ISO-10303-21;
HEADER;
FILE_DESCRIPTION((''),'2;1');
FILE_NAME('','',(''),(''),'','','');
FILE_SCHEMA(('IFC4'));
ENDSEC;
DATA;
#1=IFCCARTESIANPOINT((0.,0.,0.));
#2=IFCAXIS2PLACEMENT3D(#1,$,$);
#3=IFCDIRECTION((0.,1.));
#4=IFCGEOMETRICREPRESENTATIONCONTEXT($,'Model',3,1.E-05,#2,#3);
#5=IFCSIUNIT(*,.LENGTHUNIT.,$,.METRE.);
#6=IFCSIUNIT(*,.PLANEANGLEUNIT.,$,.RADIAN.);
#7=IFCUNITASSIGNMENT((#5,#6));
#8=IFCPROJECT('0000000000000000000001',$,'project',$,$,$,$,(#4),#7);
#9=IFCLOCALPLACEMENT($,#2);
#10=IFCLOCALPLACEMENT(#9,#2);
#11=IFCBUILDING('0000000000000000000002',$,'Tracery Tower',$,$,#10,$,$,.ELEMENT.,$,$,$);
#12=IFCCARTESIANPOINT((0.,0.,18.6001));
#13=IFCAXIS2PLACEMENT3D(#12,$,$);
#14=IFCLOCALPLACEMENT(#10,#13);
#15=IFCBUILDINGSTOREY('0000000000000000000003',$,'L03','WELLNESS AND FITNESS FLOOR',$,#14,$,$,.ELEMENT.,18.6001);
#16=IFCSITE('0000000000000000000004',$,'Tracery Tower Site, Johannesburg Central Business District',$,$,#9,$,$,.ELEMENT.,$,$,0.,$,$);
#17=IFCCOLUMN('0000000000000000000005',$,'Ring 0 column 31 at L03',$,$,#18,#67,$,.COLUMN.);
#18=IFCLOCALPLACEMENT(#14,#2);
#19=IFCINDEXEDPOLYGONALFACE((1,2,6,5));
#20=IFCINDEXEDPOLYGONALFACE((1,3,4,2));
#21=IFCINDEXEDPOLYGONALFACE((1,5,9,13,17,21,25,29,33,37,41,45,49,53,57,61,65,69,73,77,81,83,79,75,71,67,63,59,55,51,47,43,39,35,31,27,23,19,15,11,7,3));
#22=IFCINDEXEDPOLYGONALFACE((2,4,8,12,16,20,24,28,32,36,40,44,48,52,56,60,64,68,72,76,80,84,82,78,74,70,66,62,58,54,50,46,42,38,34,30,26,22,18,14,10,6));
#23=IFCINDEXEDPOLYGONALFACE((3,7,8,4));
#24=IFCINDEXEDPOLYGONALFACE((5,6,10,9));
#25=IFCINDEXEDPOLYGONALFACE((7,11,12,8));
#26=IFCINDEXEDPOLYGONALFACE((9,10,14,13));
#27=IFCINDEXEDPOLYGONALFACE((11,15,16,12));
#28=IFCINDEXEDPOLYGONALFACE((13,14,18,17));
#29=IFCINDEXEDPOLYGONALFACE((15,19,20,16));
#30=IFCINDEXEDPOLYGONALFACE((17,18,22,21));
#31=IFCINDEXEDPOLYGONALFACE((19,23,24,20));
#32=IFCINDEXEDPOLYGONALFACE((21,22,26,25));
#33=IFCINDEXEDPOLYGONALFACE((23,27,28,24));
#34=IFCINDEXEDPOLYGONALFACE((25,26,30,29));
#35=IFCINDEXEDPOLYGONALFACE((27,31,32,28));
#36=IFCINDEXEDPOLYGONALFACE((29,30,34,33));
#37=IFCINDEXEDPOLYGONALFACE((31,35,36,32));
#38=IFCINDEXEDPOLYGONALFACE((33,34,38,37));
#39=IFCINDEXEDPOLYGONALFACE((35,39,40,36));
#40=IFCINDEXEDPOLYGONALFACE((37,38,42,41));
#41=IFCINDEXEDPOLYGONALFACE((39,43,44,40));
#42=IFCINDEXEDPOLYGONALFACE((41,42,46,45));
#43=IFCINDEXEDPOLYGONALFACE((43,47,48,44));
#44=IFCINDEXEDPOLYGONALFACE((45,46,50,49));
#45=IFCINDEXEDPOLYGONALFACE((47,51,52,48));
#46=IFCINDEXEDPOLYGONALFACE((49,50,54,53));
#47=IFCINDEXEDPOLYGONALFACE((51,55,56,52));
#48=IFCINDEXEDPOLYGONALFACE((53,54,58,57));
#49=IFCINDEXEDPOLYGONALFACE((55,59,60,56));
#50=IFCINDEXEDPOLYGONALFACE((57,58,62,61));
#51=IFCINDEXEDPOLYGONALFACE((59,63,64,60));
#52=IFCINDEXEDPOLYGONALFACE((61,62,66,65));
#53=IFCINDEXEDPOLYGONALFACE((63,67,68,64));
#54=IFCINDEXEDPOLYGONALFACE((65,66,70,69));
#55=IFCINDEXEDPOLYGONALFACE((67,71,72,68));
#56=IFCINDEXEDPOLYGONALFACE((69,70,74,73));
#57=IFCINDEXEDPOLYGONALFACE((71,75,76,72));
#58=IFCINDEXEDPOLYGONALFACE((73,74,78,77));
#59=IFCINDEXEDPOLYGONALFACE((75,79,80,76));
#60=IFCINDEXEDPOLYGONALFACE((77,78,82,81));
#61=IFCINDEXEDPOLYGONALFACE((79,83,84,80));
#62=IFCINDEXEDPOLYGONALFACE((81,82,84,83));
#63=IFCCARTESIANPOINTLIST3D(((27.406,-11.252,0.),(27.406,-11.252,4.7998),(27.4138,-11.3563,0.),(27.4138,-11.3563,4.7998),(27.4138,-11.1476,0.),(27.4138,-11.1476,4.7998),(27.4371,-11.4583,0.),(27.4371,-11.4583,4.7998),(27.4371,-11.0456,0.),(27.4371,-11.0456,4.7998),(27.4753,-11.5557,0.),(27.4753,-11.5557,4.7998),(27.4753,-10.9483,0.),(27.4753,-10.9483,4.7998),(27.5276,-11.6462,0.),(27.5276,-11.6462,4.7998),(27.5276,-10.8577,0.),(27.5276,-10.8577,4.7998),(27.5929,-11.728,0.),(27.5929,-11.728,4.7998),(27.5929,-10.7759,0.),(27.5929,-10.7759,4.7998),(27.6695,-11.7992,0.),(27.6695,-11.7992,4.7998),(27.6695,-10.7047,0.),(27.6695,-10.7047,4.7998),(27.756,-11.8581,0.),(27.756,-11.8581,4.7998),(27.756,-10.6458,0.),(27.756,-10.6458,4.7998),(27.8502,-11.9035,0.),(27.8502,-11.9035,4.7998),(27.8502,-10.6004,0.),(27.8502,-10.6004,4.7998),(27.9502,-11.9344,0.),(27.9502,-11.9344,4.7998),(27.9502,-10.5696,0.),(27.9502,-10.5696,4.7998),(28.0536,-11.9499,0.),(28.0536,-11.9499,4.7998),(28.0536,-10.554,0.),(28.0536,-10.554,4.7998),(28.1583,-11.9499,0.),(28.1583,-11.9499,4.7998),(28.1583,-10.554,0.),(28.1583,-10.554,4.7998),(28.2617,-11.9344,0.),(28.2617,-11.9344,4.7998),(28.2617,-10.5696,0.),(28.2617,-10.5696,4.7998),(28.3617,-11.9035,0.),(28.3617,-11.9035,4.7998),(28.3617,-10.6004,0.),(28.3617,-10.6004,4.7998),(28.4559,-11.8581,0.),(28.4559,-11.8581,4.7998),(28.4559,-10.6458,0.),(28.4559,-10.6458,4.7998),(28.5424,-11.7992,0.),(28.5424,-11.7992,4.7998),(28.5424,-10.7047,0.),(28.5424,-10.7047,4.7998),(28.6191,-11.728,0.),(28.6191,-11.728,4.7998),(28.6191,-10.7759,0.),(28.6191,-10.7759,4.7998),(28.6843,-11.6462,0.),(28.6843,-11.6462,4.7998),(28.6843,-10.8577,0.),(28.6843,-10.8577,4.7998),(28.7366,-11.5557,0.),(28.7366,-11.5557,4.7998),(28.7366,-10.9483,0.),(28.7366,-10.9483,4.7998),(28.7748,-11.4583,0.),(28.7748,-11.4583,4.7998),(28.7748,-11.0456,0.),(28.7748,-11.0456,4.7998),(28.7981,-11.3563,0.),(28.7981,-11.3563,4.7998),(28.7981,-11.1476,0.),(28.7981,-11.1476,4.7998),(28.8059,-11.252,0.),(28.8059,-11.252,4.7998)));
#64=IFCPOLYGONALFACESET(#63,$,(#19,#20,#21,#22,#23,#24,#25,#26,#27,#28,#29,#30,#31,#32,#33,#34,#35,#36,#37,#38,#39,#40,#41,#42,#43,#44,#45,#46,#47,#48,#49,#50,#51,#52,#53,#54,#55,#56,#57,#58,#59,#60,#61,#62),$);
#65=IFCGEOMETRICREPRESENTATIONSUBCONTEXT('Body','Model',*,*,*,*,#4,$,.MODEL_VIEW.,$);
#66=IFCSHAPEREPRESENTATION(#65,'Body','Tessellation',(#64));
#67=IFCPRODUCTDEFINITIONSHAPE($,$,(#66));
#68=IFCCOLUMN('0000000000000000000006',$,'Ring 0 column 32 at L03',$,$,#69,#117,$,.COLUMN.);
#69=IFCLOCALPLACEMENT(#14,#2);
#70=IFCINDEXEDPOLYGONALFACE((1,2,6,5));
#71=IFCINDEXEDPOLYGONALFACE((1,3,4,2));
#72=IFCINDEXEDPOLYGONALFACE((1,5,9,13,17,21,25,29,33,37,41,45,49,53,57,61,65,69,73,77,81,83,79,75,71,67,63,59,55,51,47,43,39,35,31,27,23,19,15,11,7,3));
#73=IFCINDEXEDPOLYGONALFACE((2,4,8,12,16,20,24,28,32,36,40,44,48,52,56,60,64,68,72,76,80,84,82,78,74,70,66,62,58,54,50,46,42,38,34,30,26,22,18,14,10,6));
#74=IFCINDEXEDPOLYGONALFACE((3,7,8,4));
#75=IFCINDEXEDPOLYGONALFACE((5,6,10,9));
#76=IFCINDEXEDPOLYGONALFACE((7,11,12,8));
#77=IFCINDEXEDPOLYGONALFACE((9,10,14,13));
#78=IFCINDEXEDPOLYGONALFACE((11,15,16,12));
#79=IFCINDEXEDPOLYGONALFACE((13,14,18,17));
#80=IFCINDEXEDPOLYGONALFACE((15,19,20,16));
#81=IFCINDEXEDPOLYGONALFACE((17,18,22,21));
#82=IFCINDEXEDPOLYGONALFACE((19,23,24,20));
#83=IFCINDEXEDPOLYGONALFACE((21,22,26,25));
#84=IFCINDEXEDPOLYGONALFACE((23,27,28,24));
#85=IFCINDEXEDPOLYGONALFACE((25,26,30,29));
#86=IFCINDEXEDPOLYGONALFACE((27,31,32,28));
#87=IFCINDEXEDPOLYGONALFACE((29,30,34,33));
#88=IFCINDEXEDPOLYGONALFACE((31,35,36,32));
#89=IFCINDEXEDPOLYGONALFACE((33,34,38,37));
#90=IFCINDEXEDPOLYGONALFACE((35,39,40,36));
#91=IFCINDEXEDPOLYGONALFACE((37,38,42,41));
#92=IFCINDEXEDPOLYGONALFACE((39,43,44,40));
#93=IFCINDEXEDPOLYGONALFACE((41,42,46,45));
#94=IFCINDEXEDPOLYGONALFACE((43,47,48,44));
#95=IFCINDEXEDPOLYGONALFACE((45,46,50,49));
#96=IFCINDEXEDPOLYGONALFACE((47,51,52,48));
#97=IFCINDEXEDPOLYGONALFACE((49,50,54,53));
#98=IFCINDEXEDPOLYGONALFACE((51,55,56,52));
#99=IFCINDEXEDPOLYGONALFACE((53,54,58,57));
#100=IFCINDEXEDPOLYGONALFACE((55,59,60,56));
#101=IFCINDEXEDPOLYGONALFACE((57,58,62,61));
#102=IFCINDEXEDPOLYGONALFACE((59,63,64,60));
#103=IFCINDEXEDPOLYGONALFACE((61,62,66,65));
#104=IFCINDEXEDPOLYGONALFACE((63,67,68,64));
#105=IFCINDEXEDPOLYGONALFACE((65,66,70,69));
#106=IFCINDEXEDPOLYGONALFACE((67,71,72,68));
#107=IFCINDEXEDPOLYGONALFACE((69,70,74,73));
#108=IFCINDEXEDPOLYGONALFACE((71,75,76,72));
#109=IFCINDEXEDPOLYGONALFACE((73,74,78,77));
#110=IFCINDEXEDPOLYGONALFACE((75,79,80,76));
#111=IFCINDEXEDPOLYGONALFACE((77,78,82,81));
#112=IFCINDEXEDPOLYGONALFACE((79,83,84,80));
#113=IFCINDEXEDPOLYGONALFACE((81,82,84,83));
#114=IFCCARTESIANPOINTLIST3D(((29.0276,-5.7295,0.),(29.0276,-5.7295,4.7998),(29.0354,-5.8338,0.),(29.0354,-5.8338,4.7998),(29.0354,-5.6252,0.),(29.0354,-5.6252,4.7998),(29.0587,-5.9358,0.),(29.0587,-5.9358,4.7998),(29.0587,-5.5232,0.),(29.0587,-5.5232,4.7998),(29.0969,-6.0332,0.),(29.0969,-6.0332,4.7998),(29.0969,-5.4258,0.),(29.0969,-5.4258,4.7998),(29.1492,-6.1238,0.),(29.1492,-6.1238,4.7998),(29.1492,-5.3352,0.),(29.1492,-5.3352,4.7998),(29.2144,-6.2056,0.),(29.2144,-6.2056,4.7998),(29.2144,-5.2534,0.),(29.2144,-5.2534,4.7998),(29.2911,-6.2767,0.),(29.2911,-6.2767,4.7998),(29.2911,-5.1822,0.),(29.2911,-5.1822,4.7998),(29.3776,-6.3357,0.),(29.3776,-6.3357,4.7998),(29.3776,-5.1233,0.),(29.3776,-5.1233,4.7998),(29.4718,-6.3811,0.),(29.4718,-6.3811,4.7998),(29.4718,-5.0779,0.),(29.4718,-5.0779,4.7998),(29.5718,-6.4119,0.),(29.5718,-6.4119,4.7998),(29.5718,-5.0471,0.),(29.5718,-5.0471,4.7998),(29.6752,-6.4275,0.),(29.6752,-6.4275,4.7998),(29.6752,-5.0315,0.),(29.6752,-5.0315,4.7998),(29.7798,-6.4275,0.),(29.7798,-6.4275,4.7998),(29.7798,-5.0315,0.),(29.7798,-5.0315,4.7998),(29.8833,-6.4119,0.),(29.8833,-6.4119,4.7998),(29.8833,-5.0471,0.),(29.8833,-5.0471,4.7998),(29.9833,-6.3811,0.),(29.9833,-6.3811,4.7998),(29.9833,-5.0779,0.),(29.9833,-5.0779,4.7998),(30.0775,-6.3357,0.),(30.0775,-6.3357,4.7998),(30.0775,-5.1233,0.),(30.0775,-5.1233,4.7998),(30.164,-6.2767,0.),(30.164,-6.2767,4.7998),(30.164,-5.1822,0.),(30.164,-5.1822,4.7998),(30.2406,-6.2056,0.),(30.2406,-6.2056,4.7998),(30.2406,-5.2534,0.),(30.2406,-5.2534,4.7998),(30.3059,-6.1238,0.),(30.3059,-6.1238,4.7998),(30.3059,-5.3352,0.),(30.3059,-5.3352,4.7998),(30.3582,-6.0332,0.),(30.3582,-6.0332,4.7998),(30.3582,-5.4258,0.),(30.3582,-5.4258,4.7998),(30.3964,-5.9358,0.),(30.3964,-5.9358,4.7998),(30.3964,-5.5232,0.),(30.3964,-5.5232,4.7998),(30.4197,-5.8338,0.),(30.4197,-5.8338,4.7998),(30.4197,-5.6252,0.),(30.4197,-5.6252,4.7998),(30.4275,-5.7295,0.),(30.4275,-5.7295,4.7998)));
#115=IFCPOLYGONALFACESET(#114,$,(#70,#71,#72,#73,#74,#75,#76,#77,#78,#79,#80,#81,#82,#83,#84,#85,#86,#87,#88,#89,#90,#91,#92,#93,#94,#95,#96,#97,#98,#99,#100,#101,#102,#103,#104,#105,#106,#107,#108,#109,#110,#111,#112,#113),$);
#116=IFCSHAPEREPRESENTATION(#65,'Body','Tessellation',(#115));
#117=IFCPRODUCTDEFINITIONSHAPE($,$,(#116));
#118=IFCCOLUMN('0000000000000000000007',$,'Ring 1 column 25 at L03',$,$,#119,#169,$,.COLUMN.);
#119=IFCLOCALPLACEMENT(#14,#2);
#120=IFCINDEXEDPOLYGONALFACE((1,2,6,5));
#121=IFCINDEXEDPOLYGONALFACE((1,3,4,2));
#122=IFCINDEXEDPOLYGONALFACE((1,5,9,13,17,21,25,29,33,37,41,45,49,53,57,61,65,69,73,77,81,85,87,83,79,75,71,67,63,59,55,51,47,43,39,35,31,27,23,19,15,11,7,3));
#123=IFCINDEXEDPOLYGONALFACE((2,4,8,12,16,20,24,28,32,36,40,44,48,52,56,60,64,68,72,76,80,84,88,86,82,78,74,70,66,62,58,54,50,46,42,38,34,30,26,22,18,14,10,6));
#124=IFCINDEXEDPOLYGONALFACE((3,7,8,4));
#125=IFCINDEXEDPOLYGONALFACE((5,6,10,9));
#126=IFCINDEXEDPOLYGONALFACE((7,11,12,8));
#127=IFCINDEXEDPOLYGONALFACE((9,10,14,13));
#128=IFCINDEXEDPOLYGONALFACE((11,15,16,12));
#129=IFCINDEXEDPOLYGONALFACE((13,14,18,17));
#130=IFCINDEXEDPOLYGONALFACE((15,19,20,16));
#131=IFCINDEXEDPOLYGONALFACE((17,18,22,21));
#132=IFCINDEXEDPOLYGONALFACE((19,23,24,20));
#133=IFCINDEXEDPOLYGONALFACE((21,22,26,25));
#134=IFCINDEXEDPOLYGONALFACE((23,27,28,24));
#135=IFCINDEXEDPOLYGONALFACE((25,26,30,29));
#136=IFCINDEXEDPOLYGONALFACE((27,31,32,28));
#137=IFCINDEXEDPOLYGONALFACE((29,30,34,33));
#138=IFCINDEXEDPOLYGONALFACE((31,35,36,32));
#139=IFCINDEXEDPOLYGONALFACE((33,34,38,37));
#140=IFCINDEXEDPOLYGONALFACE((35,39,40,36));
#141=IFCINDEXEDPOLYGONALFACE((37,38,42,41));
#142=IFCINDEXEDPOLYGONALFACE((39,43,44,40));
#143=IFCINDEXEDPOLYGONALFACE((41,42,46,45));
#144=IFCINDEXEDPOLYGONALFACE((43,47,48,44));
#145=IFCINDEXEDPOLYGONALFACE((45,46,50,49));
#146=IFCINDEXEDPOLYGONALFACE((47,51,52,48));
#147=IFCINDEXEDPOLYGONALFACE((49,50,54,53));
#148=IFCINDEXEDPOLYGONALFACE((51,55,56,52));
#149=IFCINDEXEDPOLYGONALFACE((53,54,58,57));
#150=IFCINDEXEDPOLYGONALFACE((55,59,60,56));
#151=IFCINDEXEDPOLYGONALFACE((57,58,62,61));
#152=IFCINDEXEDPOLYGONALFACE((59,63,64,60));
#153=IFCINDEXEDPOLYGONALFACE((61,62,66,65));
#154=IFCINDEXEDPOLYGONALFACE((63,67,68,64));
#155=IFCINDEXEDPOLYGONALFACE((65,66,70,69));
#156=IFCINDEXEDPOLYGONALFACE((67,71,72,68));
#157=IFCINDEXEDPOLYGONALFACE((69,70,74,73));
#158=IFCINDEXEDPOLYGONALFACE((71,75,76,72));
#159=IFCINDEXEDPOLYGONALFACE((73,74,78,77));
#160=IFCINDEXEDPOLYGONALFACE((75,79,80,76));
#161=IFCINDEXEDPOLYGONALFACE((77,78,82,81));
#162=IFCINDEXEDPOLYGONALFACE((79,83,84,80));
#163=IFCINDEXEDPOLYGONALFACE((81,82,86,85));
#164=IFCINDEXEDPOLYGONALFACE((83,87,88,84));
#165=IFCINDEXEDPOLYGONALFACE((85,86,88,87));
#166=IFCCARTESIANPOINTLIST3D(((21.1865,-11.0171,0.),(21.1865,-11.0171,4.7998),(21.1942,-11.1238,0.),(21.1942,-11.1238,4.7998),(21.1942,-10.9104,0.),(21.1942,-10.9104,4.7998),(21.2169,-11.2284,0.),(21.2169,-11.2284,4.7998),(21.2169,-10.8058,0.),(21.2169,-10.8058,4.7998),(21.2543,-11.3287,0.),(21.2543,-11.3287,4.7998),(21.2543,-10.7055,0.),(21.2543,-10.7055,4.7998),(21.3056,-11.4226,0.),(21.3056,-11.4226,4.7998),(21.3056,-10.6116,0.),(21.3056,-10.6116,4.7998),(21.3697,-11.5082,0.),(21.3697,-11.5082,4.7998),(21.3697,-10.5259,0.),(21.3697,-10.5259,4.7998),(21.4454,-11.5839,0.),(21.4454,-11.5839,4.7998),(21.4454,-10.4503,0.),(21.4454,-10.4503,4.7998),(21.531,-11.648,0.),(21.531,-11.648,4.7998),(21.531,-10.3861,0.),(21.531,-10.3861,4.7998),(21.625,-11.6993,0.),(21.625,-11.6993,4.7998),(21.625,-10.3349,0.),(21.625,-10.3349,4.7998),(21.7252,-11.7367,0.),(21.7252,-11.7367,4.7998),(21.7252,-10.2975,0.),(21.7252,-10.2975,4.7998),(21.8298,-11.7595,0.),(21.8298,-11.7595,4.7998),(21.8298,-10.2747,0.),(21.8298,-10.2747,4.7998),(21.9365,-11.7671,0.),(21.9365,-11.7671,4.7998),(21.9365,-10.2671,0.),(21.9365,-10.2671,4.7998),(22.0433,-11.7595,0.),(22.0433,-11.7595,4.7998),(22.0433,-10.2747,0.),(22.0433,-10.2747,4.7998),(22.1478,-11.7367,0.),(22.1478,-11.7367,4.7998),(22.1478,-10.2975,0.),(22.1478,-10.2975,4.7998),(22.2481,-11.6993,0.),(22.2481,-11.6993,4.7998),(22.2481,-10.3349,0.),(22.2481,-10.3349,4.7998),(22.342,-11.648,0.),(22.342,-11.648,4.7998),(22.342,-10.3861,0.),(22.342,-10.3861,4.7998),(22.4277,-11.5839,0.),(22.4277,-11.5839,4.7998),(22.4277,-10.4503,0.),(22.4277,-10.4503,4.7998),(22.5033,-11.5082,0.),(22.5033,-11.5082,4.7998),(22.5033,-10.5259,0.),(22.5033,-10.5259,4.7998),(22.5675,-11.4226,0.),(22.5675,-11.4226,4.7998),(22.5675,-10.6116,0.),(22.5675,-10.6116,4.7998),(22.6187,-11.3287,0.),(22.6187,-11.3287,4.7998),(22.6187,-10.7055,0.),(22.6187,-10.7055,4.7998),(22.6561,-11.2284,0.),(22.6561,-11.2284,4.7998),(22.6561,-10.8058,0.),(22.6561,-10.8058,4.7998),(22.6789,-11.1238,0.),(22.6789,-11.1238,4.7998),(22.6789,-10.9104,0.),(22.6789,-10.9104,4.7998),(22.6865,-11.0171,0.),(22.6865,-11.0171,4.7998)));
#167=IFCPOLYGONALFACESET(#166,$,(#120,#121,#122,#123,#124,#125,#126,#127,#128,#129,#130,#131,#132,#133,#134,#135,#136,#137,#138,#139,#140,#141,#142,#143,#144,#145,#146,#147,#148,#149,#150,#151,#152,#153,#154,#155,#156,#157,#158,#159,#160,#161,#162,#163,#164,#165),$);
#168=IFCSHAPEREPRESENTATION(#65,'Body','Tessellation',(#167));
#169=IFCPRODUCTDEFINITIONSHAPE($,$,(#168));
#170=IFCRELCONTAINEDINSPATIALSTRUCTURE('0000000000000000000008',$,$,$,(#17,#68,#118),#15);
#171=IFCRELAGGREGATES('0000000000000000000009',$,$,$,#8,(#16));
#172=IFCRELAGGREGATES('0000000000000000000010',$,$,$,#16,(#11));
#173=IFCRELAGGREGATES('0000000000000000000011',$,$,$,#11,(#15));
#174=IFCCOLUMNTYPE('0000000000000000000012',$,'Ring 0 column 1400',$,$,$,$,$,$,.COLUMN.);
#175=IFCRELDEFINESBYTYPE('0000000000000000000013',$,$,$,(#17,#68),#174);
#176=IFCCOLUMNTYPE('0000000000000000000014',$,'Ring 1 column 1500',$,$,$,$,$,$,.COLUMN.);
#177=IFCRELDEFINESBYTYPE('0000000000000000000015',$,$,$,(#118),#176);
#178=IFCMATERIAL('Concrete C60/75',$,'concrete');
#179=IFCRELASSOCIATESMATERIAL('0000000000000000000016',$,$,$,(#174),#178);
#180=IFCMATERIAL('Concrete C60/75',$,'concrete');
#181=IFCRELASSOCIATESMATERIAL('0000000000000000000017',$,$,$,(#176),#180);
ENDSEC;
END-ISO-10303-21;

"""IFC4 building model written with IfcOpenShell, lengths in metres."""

from ifc_helpers import new_model, si_unit, direction, frame, origin, origin_2d, place, context, subcontext, project, spatial, circle, extrude, material, material_profile, profile_set, type_object, element, save


model = new_model("IFC4")

# Units and contexts
model_context = context("Model", 3, precision=1e-05, world=origin(), true_north=direction((0.0, 1.0)))
body_context = subcontext(model_context, "Body", "Model", "MODEL_VIEW")
ifc_project = project(units=[si_unit("LENGTHUNIT", "METRE"), si_unit("PLANEANGLEUNIT", "RADIAN")], contexts=[model_context])

# Site, building, storey
site_placement = place(None, origin())
site = spatial("IfcSite", under=ifc_project, at=site_placement, Name="Tracery Tower Site, Johannesburg Central Business District", CompositionType="ELEMENT", RefElevation=0.0)
building_placement = place(site_placement, origin())
building = spatial("IfcBuilding", under=site, at=building_placement, Name="Tracery Tower", CompositionType="ELEMENT")
storey_placement = place(building_placement, frame((0.0, 0.0, 18.6001)))
storey = spatial("IfcBuildingStorey", under=building, at=storey_placement, Name="L03", Description="WELLNESS AND FITNESS FLOOR", CompositionType="ELEMENT", Elevation=18.6001)

# Columns
ifc_material_1 = material(Name="Concrete C60/75", Category="concrete")
ifc_material_profile_1 = material_profile(ifc_material_1, circle(Radius=0.7, at=origin_2d()), Name="RC D1400")
ifc_profile_set_1 = profile_set([ifc_material_profile_1], Name="Concrete C60/75")
column_type_1 = type_object("IfcColumnType", Name="Ring 0 column 1400", PredefinedType="COLUMN", material=ifc_profile_set_1)
for number, where, z_axis, x_axis, name in (
    (1, (28.106, -11.252, 0.0), (0.0, 0.0, 1.0), (1.0, 0.0, 0.0), "Ring 0 column 31 at L03"),
    (2, (29.7275, -5.7295, 0.0), (0.0, 0.0, 1.0), (1.0, 0.0, 0.0), "Ring 0 column 32 at L03"),
):
    element("IfcColumn", number, at=place(storey_placement, frame(where, z_axis=z_axis, x_axis=x_axis)), inside=storey, type_object=column_type_1, Name=name, PredefinedType="COLUMN", context=body_context, shape_type="SweptSolid", body=[
        extrude(circle(Radius=0.7, at=origin_2d()), origin(), (0.0, 0.0, 1.0), 4.7998),
    ])
ifc_material_2 = material(Name="Concrete C60/75", Category="concrete")
ifc_material_profile_2 = material_profile(ifc_material_2, circle(Radius=0.75, at=origin_2d()), Name="RC D1500")
ifc_profile_set_2 = profile_set([ifc_material_profile_2], Name="Concrete C60/75")
column_type_2 = type_object("IfcColumnType", Name="Ring 1 column 1500", PredefinedType="COLUMN", material=ifc_profile_set_2)
for number, where, z_axis, x_axis, name in (
    (3, (21.9365, -11.0171, 0.0), (0.0, 0.0, 1.0), (1.0, 0.0, 0.0), "Ring 1 column 25 at L03"),
):
    element("IfcColumn", number, at=place(storey_placement, frame(where, z_axis=z_axis, x_axis=x_axis)), inside=storey, type_object=column_type_2, Name=name, PredefinedType="COLUMN", context=body_context, shape_type="SweptSolid", body=[
        extrude(circle(Radius=0.75, at=origin_2d()), origin(), (0.0, 0.0, 1.0), 4.7998),
    ])

save(model, "model.ifc")
